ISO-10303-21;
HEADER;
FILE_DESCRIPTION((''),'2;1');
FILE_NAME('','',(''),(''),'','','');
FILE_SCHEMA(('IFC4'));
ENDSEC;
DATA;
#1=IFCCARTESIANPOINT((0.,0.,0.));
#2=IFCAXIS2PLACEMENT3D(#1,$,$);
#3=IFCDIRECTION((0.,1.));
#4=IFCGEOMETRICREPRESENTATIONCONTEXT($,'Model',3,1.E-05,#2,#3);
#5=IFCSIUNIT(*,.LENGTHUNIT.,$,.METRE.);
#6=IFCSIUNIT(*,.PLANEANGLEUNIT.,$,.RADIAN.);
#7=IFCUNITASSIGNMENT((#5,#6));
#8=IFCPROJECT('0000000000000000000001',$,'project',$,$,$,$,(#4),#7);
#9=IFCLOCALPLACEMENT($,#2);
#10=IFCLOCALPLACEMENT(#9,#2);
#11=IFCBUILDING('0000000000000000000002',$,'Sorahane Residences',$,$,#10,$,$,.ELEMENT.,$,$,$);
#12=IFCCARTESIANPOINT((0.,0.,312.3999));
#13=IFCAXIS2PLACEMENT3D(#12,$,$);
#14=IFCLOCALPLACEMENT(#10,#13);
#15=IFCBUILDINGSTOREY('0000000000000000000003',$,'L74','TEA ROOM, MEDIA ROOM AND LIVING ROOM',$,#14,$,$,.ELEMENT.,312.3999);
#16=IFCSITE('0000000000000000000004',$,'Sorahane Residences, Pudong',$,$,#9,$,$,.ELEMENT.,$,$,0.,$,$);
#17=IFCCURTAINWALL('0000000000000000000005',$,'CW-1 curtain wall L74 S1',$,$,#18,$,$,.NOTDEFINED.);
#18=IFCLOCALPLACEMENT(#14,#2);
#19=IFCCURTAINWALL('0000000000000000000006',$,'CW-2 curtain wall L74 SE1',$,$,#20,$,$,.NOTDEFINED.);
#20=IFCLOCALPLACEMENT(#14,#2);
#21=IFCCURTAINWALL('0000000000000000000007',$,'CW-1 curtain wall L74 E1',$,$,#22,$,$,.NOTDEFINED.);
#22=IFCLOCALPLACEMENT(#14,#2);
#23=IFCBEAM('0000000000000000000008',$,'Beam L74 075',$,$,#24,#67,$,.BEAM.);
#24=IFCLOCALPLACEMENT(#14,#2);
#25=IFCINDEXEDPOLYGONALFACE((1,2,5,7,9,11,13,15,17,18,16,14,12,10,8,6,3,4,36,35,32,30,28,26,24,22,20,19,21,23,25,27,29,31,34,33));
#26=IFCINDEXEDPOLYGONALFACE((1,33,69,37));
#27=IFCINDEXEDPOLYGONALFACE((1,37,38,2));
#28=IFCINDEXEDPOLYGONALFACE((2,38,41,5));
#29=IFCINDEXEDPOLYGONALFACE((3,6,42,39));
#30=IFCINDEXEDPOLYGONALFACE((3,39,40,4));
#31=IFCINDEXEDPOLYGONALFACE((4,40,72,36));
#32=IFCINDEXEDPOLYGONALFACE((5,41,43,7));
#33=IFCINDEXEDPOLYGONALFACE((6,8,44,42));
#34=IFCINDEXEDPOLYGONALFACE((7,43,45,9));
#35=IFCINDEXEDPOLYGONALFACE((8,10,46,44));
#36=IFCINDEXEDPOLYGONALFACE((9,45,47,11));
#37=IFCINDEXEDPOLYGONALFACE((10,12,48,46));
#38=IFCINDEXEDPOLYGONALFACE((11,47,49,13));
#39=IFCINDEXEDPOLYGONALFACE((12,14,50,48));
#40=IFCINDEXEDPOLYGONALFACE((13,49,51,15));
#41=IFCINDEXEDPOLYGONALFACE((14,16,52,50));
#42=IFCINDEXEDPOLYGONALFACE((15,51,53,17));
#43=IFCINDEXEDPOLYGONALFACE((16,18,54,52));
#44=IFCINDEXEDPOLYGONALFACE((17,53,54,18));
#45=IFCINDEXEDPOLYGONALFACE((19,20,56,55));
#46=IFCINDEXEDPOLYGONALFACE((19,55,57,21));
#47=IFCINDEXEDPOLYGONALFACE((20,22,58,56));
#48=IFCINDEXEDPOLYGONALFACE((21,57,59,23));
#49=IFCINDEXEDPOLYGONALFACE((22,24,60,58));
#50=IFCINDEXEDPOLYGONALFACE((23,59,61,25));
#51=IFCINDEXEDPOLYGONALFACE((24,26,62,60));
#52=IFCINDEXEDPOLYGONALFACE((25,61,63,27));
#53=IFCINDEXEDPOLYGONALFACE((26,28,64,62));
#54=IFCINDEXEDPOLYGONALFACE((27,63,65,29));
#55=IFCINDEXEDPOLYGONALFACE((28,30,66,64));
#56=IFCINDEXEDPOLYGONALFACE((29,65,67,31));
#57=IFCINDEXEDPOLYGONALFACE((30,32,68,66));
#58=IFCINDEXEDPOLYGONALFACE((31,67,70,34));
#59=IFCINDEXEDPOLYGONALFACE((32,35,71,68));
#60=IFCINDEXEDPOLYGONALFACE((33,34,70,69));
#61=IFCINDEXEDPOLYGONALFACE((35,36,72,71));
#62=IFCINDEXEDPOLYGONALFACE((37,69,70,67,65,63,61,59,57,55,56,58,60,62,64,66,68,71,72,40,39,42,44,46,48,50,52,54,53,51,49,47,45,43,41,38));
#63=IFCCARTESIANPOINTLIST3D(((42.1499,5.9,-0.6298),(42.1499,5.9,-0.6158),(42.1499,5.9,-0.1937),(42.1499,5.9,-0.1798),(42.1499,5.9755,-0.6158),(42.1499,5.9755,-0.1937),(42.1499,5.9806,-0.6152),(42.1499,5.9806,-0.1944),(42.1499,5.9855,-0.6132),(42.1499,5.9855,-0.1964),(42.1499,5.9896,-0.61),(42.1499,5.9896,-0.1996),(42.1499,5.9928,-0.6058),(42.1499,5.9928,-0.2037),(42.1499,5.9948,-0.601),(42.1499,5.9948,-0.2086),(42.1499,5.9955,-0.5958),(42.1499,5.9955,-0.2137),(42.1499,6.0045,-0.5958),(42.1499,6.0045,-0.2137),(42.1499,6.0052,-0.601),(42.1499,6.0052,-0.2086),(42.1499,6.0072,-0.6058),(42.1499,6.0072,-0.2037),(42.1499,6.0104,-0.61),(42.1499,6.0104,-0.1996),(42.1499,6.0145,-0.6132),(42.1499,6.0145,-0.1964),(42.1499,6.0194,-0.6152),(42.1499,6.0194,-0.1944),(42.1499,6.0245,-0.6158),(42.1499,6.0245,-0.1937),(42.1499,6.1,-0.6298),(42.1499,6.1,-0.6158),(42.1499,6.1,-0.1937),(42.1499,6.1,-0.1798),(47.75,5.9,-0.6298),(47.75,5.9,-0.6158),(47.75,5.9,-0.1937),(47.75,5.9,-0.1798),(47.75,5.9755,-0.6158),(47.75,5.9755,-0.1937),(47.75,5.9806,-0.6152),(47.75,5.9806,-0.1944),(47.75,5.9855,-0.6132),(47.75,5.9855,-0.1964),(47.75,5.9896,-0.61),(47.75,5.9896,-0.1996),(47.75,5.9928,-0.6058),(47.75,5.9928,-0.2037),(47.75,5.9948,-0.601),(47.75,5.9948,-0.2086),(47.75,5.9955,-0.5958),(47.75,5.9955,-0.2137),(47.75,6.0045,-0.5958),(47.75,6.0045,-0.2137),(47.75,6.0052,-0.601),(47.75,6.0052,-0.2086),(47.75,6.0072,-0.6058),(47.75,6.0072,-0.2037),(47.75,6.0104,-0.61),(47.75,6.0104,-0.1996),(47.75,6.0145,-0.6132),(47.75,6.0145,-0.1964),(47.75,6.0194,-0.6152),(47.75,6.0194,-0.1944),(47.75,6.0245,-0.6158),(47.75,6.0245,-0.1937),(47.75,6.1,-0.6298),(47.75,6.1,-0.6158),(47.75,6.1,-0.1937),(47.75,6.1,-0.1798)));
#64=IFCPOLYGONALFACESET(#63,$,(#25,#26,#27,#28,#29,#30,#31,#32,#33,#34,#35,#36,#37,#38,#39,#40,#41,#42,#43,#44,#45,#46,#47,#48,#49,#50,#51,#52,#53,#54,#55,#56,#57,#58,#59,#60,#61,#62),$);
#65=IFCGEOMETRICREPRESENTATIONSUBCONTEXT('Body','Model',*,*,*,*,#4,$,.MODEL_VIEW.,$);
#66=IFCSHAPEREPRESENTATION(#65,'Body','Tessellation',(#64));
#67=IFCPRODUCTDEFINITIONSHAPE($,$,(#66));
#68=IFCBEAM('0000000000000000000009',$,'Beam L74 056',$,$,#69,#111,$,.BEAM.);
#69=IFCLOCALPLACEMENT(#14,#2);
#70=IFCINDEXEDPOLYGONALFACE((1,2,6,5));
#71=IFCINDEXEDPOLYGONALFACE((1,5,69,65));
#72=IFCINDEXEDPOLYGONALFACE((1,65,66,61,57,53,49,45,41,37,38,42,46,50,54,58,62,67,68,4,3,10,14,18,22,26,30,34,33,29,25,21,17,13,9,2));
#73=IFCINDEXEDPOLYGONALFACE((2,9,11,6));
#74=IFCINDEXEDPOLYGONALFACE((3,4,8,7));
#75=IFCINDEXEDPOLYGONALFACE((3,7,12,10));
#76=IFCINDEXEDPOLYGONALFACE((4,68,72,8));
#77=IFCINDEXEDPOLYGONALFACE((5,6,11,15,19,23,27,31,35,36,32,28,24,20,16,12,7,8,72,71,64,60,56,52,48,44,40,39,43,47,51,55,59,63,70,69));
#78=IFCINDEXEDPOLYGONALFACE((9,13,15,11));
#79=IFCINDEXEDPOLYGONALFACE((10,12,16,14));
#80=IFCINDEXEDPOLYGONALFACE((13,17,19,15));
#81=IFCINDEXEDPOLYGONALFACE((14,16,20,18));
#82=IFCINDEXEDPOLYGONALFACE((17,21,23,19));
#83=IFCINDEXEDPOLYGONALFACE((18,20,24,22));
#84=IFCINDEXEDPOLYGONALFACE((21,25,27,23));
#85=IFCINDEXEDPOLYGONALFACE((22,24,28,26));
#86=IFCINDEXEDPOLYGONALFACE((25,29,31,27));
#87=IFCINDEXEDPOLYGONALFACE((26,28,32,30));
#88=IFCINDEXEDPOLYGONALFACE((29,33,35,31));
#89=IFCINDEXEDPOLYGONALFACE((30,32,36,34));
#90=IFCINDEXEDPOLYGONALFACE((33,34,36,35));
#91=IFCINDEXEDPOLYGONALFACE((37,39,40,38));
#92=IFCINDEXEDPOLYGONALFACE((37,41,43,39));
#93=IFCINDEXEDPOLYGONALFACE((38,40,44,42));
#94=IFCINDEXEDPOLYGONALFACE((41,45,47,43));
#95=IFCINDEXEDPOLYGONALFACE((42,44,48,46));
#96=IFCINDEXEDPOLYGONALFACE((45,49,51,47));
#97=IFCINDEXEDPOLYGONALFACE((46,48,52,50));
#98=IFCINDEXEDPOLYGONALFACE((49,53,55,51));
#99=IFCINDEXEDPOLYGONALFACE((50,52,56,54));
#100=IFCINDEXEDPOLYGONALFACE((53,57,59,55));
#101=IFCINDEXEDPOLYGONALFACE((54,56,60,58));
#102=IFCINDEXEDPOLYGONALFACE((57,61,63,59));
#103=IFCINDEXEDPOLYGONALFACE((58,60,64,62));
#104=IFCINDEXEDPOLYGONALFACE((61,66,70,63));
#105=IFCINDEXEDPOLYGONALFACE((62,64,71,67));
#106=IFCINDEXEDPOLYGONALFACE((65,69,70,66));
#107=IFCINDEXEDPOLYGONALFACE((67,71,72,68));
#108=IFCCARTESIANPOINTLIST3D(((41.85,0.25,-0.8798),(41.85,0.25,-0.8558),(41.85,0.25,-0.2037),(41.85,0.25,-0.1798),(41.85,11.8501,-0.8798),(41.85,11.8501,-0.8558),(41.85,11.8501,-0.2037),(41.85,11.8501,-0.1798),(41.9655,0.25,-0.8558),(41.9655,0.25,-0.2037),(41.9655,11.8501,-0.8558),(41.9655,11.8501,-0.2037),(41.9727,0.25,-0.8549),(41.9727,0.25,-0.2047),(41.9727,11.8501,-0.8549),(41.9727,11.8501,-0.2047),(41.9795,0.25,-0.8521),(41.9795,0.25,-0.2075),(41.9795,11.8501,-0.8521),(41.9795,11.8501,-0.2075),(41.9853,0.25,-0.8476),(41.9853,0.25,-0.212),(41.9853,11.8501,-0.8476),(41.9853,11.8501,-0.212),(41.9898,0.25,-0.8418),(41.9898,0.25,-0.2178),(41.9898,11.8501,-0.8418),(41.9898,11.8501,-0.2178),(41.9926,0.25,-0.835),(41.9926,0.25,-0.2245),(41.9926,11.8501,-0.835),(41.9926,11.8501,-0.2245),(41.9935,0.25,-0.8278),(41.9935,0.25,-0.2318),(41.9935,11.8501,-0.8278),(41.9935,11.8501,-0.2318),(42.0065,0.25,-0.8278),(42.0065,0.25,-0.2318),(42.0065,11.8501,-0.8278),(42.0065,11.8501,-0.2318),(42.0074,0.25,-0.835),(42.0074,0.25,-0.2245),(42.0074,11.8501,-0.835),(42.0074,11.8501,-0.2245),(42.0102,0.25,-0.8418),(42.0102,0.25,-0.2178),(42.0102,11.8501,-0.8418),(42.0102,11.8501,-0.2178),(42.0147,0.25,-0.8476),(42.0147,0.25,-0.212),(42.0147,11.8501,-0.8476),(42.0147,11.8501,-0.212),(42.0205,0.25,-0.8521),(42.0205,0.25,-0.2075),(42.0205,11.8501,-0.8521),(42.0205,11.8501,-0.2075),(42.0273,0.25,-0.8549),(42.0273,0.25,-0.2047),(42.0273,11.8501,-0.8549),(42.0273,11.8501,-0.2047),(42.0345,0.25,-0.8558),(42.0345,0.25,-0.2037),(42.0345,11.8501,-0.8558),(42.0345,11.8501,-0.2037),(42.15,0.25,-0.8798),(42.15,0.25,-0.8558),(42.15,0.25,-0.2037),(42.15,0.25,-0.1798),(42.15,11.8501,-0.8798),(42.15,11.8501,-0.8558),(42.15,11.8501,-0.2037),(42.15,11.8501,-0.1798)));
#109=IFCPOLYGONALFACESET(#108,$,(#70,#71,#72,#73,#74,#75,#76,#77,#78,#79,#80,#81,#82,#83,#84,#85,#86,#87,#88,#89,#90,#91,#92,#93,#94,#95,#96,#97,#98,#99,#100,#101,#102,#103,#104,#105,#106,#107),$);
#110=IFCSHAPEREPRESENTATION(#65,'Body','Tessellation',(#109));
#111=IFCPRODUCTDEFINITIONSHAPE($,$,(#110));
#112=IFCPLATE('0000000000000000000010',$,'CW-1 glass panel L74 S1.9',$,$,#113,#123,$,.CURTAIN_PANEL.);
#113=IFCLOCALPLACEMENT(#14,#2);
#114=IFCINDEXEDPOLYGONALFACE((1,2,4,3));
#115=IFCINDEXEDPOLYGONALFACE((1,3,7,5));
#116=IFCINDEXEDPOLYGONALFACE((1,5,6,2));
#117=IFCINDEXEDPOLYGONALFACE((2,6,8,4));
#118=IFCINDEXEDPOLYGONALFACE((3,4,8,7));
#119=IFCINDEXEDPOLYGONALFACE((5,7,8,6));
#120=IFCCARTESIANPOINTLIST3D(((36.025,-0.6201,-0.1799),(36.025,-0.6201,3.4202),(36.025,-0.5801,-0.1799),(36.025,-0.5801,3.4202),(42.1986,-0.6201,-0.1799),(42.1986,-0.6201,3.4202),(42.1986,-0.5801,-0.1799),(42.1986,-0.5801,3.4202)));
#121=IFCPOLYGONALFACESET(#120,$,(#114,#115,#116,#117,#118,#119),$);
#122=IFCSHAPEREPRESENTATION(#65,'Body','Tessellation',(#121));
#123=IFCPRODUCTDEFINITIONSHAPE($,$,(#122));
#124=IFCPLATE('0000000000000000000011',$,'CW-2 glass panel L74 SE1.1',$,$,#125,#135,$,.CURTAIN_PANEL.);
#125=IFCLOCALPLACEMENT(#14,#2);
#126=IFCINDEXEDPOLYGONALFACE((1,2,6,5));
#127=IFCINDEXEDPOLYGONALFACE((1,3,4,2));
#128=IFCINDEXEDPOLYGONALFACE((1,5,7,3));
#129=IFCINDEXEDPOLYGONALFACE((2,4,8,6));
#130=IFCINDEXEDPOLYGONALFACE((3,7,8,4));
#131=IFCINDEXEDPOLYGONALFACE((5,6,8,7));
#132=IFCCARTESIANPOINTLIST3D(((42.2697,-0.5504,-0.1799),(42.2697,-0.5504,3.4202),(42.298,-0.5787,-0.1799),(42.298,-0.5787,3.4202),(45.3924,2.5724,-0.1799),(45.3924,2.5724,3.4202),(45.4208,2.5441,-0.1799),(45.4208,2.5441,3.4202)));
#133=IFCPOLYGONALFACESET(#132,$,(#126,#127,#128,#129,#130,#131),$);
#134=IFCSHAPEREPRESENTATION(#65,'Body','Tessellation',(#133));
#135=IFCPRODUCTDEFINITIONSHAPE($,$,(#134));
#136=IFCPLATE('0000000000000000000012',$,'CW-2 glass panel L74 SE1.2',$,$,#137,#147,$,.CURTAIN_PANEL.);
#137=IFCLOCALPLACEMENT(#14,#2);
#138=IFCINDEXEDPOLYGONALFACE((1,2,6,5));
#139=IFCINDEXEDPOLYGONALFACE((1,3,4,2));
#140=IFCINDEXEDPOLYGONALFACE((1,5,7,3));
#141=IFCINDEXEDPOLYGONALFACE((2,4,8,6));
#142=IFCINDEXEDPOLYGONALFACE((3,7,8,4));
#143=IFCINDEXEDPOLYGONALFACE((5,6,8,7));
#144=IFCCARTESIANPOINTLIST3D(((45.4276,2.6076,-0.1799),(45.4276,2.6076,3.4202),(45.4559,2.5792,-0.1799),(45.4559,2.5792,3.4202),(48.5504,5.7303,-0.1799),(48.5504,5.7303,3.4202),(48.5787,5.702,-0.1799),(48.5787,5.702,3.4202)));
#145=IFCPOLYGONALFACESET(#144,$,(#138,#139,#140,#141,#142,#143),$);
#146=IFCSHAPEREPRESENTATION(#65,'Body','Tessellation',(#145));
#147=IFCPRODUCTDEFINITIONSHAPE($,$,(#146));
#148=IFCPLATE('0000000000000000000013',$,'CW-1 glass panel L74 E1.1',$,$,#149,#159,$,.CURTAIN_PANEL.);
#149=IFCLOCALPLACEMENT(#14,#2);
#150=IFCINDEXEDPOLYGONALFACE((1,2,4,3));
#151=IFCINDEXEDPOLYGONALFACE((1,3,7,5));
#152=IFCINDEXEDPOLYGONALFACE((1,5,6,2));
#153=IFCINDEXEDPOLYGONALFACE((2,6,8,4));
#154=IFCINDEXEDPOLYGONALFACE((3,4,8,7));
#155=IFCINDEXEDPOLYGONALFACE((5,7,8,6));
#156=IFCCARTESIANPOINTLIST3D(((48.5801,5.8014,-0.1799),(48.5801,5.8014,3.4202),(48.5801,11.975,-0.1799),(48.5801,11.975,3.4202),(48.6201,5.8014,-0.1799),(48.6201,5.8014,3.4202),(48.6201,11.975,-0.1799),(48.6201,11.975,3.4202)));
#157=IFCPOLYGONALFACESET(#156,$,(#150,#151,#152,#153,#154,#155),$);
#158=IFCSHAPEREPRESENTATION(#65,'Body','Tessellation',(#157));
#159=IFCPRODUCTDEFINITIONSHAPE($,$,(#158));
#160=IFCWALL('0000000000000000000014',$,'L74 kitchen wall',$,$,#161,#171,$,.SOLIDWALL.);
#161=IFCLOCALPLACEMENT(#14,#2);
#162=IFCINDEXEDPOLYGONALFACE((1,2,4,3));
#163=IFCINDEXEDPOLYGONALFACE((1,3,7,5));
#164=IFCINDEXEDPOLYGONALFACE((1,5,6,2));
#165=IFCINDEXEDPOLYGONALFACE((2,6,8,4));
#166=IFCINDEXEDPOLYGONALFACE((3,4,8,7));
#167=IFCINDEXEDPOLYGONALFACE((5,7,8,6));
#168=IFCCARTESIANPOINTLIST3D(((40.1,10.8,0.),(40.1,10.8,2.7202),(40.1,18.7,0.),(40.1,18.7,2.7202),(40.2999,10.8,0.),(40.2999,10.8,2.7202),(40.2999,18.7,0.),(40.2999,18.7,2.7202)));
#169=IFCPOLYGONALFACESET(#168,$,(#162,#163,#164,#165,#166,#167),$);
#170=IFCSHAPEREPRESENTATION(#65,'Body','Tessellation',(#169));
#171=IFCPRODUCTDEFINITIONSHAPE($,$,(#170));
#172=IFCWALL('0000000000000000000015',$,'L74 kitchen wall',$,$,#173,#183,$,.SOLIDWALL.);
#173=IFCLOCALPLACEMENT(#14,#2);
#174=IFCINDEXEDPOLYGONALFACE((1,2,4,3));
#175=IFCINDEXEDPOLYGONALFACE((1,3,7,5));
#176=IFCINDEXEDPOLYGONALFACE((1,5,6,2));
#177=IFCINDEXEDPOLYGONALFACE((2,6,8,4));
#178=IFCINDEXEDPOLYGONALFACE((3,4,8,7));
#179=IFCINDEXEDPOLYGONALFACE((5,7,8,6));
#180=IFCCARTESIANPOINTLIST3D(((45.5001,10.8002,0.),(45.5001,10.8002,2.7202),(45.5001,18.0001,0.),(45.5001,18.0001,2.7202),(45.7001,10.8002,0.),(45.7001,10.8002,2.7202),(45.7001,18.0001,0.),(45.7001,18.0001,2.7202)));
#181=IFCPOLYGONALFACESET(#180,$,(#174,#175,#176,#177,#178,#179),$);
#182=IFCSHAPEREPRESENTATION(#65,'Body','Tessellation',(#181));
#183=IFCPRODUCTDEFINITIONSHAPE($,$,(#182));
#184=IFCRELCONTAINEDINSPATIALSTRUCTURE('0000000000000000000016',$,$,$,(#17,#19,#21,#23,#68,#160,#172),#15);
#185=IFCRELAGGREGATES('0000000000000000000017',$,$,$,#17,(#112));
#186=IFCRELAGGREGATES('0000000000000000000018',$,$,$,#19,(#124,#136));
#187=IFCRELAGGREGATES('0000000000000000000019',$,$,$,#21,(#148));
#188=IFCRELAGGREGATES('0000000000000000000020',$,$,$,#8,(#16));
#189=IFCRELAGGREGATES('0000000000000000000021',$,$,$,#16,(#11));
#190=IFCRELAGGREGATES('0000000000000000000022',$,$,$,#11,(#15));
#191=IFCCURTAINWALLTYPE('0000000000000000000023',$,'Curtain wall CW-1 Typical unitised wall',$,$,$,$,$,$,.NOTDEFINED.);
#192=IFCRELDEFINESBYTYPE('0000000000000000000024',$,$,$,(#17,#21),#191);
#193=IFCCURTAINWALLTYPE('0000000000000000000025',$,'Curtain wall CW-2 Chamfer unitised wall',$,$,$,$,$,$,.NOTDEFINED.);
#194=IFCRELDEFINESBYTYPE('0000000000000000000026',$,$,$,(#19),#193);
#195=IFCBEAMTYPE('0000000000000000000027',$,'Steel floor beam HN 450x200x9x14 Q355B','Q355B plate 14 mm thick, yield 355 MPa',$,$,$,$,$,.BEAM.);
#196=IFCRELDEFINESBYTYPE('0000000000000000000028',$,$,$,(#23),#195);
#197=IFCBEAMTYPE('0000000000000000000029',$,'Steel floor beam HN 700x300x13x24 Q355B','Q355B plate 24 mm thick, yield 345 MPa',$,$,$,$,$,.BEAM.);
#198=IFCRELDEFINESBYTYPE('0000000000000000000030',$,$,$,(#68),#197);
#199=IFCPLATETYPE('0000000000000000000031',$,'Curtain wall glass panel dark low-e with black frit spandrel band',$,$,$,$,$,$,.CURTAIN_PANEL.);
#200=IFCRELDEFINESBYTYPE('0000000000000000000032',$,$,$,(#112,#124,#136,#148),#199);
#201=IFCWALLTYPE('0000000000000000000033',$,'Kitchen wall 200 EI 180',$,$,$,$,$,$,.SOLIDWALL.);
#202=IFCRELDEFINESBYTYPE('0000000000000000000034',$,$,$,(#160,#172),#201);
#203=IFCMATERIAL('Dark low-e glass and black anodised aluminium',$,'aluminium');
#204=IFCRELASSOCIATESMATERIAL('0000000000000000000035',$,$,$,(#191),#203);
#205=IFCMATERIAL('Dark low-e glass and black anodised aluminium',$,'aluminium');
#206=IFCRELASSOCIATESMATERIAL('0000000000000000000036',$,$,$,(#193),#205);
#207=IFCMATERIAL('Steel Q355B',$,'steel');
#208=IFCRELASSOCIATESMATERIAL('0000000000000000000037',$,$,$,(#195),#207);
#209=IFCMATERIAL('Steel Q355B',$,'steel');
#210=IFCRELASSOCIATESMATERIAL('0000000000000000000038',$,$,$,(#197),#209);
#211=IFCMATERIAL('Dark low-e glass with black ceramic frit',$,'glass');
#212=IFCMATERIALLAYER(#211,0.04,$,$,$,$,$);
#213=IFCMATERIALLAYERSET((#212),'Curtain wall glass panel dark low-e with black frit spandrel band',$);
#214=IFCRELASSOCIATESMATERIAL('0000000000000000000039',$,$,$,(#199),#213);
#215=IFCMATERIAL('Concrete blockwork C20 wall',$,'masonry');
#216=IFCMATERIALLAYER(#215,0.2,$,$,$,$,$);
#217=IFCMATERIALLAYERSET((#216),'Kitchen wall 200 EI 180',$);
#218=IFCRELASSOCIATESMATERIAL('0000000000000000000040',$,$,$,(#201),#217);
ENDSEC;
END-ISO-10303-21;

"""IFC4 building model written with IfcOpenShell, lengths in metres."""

from ifc_helpers import new_model, si_unit, direction, frame, frame_2d, origin, origin_2d, place, context, subcontext, project, spatial, rectangle, i_section, extrude, material, layer, layer_set, material_profile, profile_set, type_object, element, aggregate, save


model = new_model("IFC4")

# Units and contexts
model_context = context("Model", 3, precision=1e-05, world=origin(), true_north=direction((0.0, 1.0)))
body_context = subcontext(model_context, "Body", "Model", "MODEL_VIEW")
ifc_project = project(units=[si_unit("LENGTHUNIT", "METRE"), si_unit("PLANEANGLEUNIT", "RADIAN")], contexts=[model_context])

# Site, building, storey
site_placement = place(None, origin())
site = spatial("IfcSite", under=ifc_project, at=site_placement, Name="Sorahane Residences, Pudong", CompositionType="ELEMENT", RefElevation=0.0)
building_placement = place(site_placement, origin())
building = spatial("IfcBuilding", under=site, at=building_placement, Name="Sorahane Residences", CompositionType="ELEMENT")
storey_placement = place(building_placement, frame((0.0, 0.0, 312.3999)))
storey = spatial("IfcBuildingStorey", under=building, at=storey_placement, Name="L74", Description="TEA ROOM, MEDIA ROOM AND LIVING ROOM", CompositionType="ELEMENT", Elevation=312.3999)

# Curtain wall
ifc_material_1 = material(Name="Dark low-e glass and black anodised aluminium", Category="aluminium")
curtain_wall_type_1 = type_object("IfcCurtainWallType", Name="Curtain wall CW-1 Typical unitised wall", PredefinedType="NOTDEFINED", material=ifc_material_1)
curtain_wall_1_placement = place(storey_placement, origin())
curtain_wall_1 = element("IfcCurtainWall", 1, at=curtain_wall_1_placement, inside=storey, type_object=curtain_wall_type_1, Name="CW-1 curtain wall L74 S1", PredefinedType="NOTDEFINED")

# Curtain wall
ifc_material_2 = material(Name="Dark low-e glass and black anodised aluminium", Category="aluminium")
curtain_wall_type_2 = type_object("IfcCurtainWallType", Name="Curtain wall CW-2 Chamfer unitised wall", PredefinedType="NOTDEFINED", material=ifc_material_2)
curtain_wall_2_placement = place(storey_placement, origin())
curtain_wall_2 = element("IfcCurtainWall", 2, at=curtain_wall_2_placement, inside=storey, type_object=curtain_wall_type_2, Name="CW-2 curtain wall L74 SE1", PredefinedType="NOTDEFINED")

# Curtain wall
curtain_wall_3_placement = place(storey_placement, origin())
curtain_wall_3 = element("IfcCurtainWall", 3, at=curtain_wall_3_placement, inside=storey, type_object=curtain_wall_type_1, Name="CW-1 curtain wall L74 E1", PredefinedType="NOTDEFINED")

# Beams
ifc_material_3 = material(Name="Steel Q355B", Category="steel")
ifc_material_profile_1 = material_profile(ifc_material_3, i_section(OverallWidth=0.2, OverallDepth=0.45, WebThickness=0.009, FlangeThickness=0.0139, FilletRadius=0.02, at=origin_2d()), Name="HN 450x200x9x14")
ifc_profile_set_1 = profile_set([ifc_material_profile_1], Name="Steel Q355B")
beam_type_1 = type_object("IfcBeamType", Name="Steel floor beam HN 450x200x9x14 Q355B", Description="Q355B plate 14 mm thick, yield 355 MPa", PredefinedType="BEAM", material=ifc_profile_set_1)
beam_1_placement = place(storey_placement, frame((42.1499, 6.0, -0.4048), z_axis=(1.0, 0.0, 0.0), x_axis=(0.0, 1.0, 0.0)))
element("IfcBeam", 4, at=beam_1_placement, inside=storey, type_object=beam_type_1, Name="Beam L74 075", PredefinedType="BEAM", context=body_context, shape_type="SweptSolid", body=[
    extrude(i_section(OverallWidth=0.2, OverallDepth=0.45, WebThickness=0.009, FlangeThickness=0.0139, FilletRadius=0.02, at=origin_2d()), origin(), (0.0, 0.0, 1.0), 5.6001),
])
ifc_material_4 = material(Name="Steel Q355B", Category="steel")
ifc_material_profile_2 = material_profile(ifc_material_4, i_section(OverallWidth=0.3, OverallDepth=0.7, WebThickness=0.0129, FlangeThickness=0.0239, FilletRadius=0.0281, at=origin_2d()), Name="HN 700x300x13x24")
ifc_profile_set_2 = profile_set([ifc_material_profile_2], Name="Steel Q355B")
beam_type_2 = type_object("IfcBeamType", Name="Steel floor beam HN 700x300x13x24 Q355B", Description="Q355B plate 24 mm thick, yield 345 MPa", PredefinedType="BEAM", material=ifc_profile_set_2)
beam_2_placement = place(storey_placement, frame((42.0, 0.25, -0.5298), z_axis=(0.0, 1.0, 0.0), x_axis=(-1.0, 0.0, 0.0)))
element("IfcBeam", 5, at=beam_2_placement, inside=storey, type_object=beam_type_2, Name="Beam L74 056", PredefinedType="BEAM", context=body_context, shape_type="SweptSolid", body=[
    extrude(i_section(OverallWidth=0.3, OverallDepth=0.7, WebThickness=0.0129, FlangeThickness=0.0239, FilletRadius=0.0281, at=origin_2d()), origin(), (0.0, 0.0, 1.0), 11.6001),
])

# Plates
ifc_material_5 = material(Name="Dark low-e glass with black ceramic frit", Category="glass")
ifc_layer_1 = layer(ifc_material_5, 0.04)
ifc_layer_set_1 = layer_set([ifc_layer_1], Name="Curtain wall glass panel dark low-e with black frit spandrel band")
plate_type = type_object("IfcPlateType", Name="Curtain wall glass panel dark low-e with black frit spandrel band", PredefinedType="CURTAIN_PANEL", material=ifc_layer_set_1)
plate_1_placement = place(storey_placement, frame((39.1118, -0.6001, -0.1799), z_axis=(0.0, 0.0, 1.0), x_axis=(1.0, 0.0, 0.0)))
plate_1 = element("IfcPlate", 6, at=plate_1_placement, type_object=plate_type, Name="CW-1 glass panel L74 S1.9", PredefinedType="CURTAIN_PANEL", context=body_context, shape_type="SweptSolid", body=[
    extrude(rectangle(XDim=6.1736, YDim=0.04, at=origin_2d()), origin(), (0.0, 0.0, 1.0), 3.6001),
])
aggregate(curtain_wall_1, [plate_1])
plate_2_placement = place(storey_placement, frame((43.8452, 0.9968, -0.1799), z_axis=(0.0, 0.0, 1.0), x_axis=(0.707107, 0.707107, 0.0)))
plate_2 = element("IfcPlate", 7, at=plate_2_placement, type_object=plate_type, Name="CW-2 glass panel L74 SE1.1", PredefinedType="CURTAIN_PANEL", context=body_context, shape_type="SweptSolid", body=[
    extrude(rectangle(XDim=4.4163, YDim=0.04, at=origin_2d()), origin(), (0.0, 0.0, 1.0), 3.6001),
])
plate_3_placement = place(storey_placement, frame((47.0032, 4.1548, -0.1799), z_axis=(0.0, 0.0, 1.0), x_axis=(0.707107, 0.707107, 0.0)))
plate_3 = element("IfcPlate", 8, at=plate_3_placement, type_object=plate_type, Name="CW-2 glass panel L74 SE1.2", PredefinedType="CURTAIN_PANEL", context=body_context, shape_type="SweptSolid", body=[
    extrude(rectangle(XDim=4.4163, YDim=0.04, at=origin_2d()), origin(), (0.0, 0.0, 1.0), 3.6001),
])
aggregate(curtain_wall_2, [plate_2, plate_3])
plate_4_placement = place(storey_placement, frame((48.6001, 8.8882, -0.1799), z_axis=(0.0, 0.0, 1.0), x_axis=(0.0, 1.0, 0.0)))
plate_4 = element("IfcPlate", 9, at=plate_4_placement, type_object=plate_type, Name="CW-1 glass panel L74 E1.1", PredefinedType="CURTAIN_PANEL", context=body_context, shape_type="SweptSolid", body=[
    extrude(rectangle(XDim=6.1736, YDim=0.04, at=origin_2d()), origin(), (0.0, 0.0, 1.0), 3.6001),
])
aggregate(curtain_wall_3, [plate_4])

# Walls
ifc_material_6 = material(Name="Concrete blockwork C20 wall", Category="masonry")
ifc_layer_2 = layer(ifc_material_6, 0.2)
ifc_layer_set_2 = layer_set([ifc_layer_2], Name="Kitchen wall 200 EI 180")
wall_type_1 = type_object("IfcWallType", Name="Kitchen wall 200 EI 180", PredefinedType="SOLIDWALL", material=ifc_layer_set_2)
wall_1_placement = place(storey_placement, frame((40.2, 10.8, 0.0), z_axis=(0.0, 0.0, 1.0), x_axis=(0.0, 1.0, 0.0)))
element("IfcWall", 10, at=wall_1_placement, inside=storey, type_object=wall_type_1, Name="L74 kitchen wall", PredefinedType="SOLIDWALL", context=body_context, shape_type="SweptSolid", body=[
    extrude(rectangle(XDim=7.8999, YDim=0.2, at=frame_2d((3.95, 0.0))), origin(), (0.0, 0.0, 1.0), 2.7202),
])
wall_2_placement = place(storey_placement, frame((45.6001, 10.8, 0.0), z_axis=(0.0, 0.0, 1.0), x_axis=(0.0, 1.0, 0.0)))
element("IfcWall", 11, at=wall_2_placement, inside=storey, type_object=wall_type_1, Name="L74 kitchen wall", PredefinedType="SOLIDWALL", context=body_context, shape_type="SweptSolid", body=[
    extrude(rectangle(XDim=7.2, YDim=0.2, at=frame_2d((3.6001, 0.0))), origin(), (0.0, 0.0, 1.0), 2.7202),
])

save(model, "model.ifc")
